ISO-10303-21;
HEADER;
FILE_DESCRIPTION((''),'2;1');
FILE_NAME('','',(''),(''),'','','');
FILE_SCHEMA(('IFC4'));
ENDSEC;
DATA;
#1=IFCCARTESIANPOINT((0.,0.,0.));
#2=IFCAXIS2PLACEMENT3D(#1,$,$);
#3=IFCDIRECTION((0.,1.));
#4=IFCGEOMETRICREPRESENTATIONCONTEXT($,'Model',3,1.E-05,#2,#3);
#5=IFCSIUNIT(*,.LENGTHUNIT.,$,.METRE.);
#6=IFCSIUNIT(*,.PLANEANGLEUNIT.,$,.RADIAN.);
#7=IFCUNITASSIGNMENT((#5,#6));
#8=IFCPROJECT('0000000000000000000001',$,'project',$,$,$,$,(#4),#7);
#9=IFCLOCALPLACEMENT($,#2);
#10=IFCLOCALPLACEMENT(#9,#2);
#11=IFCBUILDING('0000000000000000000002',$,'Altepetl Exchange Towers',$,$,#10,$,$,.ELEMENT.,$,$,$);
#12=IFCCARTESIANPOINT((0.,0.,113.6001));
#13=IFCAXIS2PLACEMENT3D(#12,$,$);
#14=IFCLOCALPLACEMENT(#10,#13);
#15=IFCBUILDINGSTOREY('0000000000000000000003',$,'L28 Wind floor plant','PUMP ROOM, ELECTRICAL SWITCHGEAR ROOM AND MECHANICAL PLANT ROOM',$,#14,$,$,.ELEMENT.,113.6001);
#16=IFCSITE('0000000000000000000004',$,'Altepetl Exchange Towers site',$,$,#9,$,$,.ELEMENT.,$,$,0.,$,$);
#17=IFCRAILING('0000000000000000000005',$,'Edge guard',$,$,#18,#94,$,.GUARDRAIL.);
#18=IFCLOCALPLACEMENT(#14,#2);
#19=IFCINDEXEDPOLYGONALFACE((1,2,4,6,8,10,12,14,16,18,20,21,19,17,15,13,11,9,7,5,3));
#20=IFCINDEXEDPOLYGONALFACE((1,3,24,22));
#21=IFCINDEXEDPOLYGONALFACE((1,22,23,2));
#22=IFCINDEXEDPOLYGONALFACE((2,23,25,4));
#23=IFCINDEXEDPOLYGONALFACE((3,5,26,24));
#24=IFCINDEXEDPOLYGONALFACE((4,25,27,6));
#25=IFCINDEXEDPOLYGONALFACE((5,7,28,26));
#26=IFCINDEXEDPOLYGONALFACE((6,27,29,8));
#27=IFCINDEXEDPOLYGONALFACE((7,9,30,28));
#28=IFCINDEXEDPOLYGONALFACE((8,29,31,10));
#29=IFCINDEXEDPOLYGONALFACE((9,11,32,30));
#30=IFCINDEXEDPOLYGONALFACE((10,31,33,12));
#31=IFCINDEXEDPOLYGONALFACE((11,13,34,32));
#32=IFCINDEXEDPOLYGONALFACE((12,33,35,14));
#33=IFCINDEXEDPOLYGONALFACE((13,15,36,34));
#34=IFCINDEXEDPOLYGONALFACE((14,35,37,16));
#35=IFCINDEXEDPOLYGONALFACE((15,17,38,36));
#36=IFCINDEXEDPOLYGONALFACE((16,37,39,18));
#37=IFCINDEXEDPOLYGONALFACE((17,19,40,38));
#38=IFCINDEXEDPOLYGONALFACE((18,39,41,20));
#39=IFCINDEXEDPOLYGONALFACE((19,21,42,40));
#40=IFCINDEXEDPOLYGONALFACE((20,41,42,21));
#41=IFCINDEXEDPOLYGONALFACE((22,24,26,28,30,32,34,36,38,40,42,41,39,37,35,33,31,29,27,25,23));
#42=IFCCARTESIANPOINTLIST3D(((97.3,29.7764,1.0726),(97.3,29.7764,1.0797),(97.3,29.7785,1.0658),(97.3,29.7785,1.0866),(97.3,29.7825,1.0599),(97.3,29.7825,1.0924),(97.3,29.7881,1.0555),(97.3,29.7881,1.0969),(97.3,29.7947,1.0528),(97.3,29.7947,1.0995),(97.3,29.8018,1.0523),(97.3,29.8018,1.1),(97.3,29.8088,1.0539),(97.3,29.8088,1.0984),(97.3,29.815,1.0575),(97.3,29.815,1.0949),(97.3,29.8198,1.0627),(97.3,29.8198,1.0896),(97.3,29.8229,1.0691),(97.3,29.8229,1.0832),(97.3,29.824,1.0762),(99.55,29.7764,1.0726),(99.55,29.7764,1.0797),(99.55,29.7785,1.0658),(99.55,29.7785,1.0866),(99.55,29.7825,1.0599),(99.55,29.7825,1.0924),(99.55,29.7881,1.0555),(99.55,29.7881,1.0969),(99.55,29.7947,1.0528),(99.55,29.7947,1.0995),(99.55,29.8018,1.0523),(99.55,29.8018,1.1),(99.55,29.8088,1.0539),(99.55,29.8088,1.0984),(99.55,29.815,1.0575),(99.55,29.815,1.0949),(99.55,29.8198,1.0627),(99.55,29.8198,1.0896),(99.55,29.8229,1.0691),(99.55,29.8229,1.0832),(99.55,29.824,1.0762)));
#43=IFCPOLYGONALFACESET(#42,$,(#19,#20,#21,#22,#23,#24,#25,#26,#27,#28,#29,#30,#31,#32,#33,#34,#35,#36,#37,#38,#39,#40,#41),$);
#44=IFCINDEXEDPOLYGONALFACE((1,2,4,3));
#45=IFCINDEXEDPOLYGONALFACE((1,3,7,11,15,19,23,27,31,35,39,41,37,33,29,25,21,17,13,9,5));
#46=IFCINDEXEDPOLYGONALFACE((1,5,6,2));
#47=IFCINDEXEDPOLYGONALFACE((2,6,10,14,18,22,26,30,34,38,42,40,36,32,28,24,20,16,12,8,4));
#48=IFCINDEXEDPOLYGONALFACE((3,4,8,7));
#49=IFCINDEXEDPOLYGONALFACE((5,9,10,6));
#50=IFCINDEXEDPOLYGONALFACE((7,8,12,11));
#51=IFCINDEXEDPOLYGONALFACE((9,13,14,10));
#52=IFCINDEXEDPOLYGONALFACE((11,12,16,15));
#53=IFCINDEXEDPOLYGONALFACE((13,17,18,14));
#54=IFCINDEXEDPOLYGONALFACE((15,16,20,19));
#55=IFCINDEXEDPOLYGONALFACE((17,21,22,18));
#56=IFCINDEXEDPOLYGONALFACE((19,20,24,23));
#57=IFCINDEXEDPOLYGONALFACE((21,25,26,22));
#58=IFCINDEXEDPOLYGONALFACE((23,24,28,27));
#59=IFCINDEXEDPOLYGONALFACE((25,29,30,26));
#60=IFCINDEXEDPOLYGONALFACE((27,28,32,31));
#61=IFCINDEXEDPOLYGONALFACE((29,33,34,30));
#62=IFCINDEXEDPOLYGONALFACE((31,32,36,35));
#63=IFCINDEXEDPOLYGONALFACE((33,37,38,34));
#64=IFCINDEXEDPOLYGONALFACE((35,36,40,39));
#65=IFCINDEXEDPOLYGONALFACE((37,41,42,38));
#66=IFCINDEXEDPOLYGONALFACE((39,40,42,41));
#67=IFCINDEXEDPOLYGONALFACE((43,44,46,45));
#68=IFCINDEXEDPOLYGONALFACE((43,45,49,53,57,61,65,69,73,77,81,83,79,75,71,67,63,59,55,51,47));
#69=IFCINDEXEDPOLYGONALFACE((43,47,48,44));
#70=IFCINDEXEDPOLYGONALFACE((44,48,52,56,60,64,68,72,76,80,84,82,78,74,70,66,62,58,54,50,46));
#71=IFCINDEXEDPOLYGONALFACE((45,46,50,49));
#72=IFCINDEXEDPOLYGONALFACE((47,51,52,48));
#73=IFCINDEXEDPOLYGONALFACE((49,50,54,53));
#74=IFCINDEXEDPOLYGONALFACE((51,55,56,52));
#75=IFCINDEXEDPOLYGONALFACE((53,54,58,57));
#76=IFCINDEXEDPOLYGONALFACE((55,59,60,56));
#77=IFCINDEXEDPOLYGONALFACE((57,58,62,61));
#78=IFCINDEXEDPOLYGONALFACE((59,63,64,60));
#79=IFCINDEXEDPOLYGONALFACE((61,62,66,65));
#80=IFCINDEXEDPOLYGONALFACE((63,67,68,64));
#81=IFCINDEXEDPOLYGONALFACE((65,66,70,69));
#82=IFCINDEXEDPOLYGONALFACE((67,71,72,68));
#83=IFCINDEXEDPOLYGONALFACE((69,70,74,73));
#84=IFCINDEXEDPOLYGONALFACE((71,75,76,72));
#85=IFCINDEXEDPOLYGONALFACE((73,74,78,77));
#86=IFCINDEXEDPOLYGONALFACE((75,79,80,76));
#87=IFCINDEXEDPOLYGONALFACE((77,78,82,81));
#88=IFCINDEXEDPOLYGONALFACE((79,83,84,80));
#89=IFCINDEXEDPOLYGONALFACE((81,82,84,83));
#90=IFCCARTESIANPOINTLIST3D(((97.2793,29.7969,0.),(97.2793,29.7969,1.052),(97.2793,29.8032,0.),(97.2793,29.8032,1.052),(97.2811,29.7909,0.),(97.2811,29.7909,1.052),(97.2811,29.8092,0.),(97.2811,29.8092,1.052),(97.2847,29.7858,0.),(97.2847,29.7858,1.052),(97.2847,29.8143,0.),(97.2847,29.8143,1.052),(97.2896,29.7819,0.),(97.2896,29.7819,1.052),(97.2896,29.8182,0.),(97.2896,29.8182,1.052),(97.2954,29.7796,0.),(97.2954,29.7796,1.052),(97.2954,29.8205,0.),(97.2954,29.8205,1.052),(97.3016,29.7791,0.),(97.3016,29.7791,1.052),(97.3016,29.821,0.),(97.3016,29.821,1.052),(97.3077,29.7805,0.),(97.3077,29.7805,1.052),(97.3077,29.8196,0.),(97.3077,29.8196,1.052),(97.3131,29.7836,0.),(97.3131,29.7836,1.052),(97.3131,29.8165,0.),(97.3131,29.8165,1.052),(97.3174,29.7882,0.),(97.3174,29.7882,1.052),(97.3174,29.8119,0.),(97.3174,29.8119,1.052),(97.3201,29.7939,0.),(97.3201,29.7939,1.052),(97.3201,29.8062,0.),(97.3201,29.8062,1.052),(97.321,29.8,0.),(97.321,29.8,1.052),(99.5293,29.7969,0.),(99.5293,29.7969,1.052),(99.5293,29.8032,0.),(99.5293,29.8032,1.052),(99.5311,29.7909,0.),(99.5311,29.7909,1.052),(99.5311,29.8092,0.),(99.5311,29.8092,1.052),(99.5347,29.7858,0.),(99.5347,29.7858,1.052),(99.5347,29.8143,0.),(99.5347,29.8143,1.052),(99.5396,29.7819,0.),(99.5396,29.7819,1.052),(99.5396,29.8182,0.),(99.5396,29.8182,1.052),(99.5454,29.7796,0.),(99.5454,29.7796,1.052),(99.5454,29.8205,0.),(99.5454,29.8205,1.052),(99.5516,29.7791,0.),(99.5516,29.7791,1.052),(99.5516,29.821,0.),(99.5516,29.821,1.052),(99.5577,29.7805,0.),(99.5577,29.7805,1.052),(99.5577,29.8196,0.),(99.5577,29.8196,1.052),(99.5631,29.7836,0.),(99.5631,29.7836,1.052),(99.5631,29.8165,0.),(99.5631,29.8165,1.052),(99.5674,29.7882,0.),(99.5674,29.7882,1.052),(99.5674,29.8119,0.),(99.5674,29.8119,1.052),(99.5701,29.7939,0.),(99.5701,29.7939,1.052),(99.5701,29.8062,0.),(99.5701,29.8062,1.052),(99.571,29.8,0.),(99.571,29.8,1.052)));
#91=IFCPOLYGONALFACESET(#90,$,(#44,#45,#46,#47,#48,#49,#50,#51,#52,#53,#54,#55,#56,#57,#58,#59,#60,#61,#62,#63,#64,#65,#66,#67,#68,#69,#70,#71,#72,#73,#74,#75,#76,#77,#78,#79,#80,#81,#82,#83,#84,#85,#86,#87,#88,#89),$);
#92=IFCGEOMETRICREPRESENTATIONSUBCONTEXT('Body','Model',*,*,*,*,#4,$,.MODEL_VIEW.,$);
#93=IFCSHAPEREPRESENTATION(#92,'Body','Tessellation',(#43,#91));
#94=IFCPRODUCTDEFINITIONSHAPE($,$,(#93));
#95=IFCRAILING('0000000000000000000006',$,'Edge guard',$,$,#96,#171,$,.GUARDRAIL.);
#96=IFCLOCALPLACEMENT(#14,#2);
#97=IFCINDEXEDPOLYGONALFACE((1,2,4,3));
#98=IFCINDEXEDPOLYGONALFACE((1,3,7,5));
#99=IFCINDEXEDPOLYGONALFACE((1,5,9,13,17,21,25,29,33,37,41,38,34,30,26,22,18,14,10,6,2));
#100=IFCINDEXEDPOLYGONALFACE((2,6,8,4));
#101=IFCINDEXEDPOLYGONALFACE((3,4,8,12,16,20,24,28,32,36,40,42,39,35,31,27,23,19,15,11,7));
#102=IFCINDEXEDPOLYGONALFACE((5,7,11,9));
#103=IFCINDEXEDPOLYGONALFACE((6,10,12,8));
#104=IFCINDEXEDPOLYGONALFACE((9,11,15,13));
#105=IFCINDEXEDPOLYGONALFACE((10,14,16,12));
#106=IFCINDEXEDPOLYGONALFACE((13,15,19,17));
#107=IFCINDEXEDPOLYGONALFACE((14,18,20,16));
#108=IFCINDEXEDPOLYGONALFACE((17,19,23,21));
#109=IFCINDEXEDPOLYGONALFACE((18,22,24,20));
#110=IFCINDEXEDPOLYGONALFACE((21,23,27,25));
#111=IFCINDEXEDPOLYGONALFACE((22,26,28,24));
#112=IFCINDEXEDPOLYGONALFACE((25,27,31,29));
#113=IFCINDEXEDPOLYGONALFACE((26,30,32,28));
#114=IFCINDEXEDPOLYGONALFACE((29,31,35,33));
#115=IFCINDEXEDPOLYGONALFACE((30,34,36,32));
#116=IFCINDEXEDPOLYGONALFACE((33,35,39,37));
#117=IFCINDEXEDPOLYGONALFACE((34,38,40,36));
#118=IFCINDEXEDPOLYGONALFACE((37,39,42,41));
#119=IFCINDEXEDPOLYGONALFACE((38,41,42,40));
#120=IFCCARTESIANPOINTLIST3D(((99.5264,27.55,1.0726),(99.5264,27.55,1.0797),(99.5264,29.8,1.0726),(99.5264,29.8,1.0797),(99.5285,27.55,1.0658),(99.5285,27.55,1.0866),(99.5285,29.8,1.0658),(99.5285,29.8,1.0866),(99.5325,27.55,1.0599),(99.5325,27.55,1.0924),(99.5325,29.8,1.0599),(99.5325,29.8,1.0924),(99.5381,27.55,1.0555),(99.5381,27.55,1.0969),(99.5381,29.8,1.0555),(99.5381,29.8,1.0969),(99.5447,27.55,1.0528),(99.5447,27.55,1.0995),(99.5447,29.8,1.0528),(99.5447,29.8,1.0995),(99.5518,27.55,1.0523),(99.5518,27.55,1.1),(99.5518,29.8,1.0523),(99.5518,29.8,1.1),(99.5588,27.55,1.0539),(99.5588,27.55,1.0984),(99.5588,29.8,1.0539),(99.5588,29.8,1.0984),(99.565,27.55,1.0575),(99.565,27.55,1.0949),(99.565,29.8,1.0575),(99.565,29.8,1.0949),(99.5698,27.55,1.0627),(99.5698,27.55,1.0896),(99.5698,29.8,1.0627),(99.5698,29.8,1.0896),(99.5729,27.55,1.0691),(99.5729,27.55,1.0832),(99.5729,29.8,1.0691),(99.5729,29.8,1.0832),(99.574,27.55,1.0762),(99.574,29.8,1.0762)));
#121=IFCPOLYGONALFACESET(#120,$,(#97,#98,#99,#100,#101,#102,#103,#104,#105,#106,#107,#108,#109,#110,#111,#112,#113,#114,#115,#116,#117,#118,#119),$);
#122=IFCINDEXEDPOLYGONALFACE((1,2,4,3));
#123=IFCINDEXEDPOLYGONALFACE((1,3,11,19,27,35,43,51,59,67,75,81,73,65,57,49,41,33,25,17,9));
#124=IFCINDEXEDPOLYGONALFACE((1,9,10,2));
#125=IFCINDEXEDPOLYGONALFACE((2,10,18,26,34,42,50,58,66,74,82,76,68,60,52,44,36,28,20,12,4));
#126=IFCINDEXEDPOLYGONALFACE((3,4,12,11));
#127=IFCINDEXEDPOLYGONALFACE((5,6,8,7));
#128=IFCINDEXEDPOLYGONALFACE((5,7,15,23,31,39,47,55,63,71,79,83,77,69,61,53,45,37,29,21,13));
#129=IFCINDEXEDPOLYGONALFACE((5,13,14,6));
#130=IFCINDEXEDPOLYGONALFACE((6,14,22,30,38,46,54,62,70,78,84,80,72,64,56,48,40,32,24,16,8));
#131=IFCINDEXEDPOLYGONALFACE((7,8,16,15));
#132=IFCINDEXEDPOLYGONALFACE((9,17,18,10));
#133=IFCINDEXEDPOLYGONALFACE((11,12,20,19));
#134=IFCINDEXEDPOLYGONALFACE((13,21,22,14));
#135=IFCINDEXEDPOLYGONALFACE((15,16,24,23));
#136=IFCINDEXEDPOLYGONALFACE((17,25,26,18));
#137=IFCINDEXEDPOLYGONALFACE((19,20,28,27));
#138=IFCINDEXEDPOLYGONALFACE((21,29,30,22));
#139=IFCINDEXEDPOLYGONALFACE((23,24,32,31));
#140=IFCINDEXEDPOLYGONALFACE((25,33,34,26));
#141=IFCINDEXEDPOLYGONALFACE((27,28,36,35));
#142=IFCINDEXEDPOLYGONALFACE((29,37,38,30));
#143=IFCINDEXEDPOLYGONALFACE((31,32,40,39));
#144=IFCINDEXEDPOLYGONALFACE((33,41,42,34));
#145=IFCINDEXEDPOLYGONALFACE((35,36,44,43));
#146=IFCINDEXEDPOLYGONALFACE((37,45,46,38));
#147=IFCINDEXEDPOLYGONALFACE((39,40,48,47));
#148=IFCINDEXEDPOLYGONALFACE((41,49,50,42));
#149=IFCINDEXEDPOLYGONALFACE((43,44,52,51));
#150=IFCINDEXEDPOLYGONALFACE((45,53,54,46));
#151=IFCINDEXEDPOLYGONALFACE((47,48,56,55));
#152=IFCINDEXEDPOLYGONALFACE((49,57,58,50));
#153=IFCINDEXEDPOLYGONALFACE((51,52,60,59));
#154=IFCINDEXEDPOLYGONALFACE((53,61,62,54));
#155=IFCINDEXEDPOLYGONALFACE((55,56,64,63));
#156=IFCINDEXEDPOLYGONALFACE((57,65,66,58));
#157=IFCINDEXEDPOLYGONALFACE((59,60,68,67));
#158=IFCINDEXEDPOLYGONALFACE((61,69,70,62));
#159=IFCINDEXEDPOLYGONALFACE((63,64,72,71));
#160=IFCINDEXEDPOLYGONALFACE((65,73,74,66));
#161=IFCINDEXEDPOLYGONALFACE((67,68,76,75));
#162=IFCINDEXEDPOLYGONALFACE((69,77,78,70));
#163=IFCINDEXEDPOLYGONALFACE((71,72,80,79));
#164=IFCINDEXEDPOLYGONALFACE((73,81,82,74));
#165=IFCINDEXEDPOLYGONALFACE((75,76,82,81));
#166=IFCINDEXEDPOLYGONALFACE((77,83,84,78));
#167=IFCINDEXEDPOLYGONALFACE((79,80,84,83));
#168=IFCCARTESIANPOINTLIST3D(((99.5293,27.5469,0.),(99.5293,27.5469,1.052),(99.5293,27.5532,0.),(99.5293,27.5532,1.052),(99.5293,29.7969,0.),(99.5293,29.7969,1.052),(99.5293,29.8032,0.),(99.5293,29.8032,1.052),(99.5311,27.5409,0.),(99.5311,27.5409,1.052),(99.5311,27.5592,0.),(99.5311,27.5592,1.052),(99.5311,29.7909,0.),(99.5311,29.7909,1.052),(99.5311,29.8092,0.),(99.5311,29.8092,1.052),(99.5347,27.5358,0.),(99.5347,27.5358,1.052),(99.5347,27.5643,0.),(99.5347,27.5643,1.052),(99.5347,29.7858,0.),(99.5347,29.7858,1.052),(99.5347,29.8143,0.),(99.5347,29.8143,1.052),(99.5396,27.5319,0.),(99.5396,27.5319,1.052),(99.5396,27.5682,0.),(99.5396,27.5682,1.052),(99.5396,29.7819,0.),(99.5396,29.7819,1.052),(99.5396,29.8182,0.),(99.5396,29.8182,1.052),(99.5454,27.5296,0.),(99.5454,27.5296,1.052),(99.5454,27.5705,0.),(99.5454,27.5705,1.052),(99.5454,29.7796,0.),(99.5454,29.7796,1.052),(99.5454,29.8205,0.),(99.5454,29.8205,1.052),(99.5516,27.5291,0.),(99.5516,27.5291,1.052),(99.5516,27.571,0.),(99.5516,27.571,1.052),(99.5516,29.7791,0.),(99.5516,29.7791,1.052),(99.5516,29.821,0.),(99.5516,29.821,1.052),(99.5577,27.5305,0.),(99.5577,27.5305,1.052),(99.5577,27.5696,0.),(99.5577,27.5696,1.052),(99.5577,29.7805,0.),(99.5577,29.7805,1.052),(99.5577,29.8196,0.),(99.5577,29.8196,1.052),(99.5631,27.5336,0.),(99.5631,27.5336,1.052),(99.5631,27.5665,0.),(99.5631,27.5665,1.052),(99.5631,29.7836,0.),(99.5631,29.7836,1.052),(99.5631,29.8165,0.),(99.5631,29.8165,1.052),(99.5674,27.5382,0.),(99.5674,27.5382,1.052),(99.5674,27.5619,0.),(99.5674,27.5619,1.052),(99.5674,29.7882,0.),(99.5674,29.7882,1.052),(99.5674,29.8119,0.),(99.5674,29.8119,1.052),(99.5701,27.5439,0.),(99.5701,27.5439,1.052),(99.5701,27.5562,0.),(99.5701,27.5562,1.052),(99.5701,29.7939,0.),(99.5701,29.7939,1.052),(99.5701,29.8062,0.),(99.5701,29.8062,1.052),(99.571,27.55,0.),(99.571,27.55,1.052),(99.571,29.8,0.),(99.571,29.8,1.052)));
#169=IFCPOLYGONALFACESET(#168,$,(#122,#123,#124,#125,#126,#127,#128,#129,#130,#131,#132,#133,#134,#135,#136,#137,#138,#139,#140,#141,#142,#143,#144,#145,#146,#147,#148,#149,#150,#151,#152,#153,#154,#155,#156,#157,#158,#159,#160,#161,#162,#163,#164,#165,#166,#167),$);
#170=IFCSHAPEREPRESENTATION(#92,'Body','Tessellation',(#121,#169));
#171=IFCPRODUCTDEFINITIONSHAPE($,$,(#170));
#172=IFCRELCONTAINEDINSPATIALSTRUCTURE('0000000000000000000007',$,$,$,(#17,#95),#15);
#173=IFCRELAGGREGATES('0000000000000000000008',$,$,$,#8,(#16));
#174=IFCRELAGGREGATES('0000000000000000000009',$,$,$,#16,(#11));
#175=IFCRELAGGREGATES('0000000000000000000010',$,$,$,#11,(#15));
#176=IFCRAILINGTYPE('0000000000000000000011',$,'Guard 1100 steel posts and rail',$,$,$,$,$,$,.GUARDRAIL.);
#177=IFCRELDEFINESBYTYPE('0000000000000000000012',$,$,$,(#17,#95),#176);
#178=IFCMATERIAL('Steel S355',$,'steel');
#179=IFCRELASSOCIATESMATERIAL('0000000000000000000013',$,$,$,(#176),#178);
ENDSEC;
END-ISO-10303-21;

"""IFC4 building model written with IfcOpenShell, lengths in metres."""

from ifc_helpers import new_model, si_unit, direction, frame, origin, origin_2d, place, context, subcontext, project, spatial, circle, extrude, source, transform, mapped, material, type_object, element, save


model = new_model("IFC4")

# Units and contexts
model_context = context("Model", 3, precision=1e-05, world=origin(), true_north=direction((0.0, 1.0)))
body_context = subcontext(model_context, "Body", "Model", "MODEL_VIEW")
ifc_project = project(units=[si_unit("LENGTHUNIT", "METRE"), si_unit("PLANEANGLEUNIT", "RADIAN")], contexts=[model_context])

# Site, building, storey
site_placement = place(None, origin())
site = spatial("IfcSite", under=ifc_project, at=site_placement, Name="Altepetl Exchange Towers site", CompositionType="ELEMENT", RefElevation=0.0)
building_placement = place(site_placement, origin())
building = spatial("IfcBuilding", under=site, at=building_placement, Name="Altepetl Exchange Towers", CompositionType="ELEMENT")
storey_placement = place(building_placement, frame((0.0, 0.0, 113.6001)))
storey = spatial("IfcBuildingStorey", under=building, at=storey_placement, Name="L28 Wind floor plant", Description="PUMP ROOM, ELECTRICAL SWITCHGEAR ROOM AND MECHANICAL PLANT ROOM", CompositionType="ELEMENT", Elevation=113.6001)

# Shared definitions
ifc_material_1 = material(Name="Steel S355", Category="steel")

# Railings
railing_type = type_object("IfcRailingType", Name="Guard 1100 steel posts and rail", PredefinedType="GUARDRAIL", material=ifc_material_1)
shared_shape = source(origin(), body_context, "Body", "SweptSolid", [
    extrude(circle(Radius=0.021, at=origin_2d()), origin(), (0.0, 0.0, 1.0), 1.052),
])
railing_1_placement = place(storey_placement, frame((97.3, 29.8, 0.0)))
element("IfcRailing", 1, at=railing_1_placement, inside=storey, type_object=railing_type, Name="Edge guard", PredefinedType="GUARDRAIL", context=body_context, shape_type="SweptSolid", body=[
    extrude(circle(Radius=0.0239, at=origin_2d()), frame((0.0, 0.0, 1.0762), z_axis=(1.0, 0.0, 0.0), x_axis=(0.0, 1.0, 0.0)), (0.0, 0.0, 1.0), 2.25),
    mapped(shared_shape, transform((0.0, 0.0, 0.0))),
    mapped(shared_shape, transform((2.25, 0.0, 0.0))),
])
railing_2_placement = place(storey_placement, frame((99.55, 29.8, 0.0)))
element("IfcRailing", 2, at=railing_2_placement, inside=storey, type_object=railing_type, Name="Edge guard", PredefinedType="GUARDRAIL", context=body_context, shape_type="SweptSolid", body=[
    extrude(circle(Radius=0.0239, at=origin_2d()), frame((0.0, 0.0, 1.0762), z_axis=(0.0, -1.0, 0.0), x_axis=(1.0, 0.0, 0.0)), (0.0, 0.0, 1.0), 2.25),
    mapped(shared_shape, transform((0.0, 0.0, 0.0))),
    mapped(shared_shape, transform((0.0, -2.25, 0.0))),
])

save(model, "model.ifc")
